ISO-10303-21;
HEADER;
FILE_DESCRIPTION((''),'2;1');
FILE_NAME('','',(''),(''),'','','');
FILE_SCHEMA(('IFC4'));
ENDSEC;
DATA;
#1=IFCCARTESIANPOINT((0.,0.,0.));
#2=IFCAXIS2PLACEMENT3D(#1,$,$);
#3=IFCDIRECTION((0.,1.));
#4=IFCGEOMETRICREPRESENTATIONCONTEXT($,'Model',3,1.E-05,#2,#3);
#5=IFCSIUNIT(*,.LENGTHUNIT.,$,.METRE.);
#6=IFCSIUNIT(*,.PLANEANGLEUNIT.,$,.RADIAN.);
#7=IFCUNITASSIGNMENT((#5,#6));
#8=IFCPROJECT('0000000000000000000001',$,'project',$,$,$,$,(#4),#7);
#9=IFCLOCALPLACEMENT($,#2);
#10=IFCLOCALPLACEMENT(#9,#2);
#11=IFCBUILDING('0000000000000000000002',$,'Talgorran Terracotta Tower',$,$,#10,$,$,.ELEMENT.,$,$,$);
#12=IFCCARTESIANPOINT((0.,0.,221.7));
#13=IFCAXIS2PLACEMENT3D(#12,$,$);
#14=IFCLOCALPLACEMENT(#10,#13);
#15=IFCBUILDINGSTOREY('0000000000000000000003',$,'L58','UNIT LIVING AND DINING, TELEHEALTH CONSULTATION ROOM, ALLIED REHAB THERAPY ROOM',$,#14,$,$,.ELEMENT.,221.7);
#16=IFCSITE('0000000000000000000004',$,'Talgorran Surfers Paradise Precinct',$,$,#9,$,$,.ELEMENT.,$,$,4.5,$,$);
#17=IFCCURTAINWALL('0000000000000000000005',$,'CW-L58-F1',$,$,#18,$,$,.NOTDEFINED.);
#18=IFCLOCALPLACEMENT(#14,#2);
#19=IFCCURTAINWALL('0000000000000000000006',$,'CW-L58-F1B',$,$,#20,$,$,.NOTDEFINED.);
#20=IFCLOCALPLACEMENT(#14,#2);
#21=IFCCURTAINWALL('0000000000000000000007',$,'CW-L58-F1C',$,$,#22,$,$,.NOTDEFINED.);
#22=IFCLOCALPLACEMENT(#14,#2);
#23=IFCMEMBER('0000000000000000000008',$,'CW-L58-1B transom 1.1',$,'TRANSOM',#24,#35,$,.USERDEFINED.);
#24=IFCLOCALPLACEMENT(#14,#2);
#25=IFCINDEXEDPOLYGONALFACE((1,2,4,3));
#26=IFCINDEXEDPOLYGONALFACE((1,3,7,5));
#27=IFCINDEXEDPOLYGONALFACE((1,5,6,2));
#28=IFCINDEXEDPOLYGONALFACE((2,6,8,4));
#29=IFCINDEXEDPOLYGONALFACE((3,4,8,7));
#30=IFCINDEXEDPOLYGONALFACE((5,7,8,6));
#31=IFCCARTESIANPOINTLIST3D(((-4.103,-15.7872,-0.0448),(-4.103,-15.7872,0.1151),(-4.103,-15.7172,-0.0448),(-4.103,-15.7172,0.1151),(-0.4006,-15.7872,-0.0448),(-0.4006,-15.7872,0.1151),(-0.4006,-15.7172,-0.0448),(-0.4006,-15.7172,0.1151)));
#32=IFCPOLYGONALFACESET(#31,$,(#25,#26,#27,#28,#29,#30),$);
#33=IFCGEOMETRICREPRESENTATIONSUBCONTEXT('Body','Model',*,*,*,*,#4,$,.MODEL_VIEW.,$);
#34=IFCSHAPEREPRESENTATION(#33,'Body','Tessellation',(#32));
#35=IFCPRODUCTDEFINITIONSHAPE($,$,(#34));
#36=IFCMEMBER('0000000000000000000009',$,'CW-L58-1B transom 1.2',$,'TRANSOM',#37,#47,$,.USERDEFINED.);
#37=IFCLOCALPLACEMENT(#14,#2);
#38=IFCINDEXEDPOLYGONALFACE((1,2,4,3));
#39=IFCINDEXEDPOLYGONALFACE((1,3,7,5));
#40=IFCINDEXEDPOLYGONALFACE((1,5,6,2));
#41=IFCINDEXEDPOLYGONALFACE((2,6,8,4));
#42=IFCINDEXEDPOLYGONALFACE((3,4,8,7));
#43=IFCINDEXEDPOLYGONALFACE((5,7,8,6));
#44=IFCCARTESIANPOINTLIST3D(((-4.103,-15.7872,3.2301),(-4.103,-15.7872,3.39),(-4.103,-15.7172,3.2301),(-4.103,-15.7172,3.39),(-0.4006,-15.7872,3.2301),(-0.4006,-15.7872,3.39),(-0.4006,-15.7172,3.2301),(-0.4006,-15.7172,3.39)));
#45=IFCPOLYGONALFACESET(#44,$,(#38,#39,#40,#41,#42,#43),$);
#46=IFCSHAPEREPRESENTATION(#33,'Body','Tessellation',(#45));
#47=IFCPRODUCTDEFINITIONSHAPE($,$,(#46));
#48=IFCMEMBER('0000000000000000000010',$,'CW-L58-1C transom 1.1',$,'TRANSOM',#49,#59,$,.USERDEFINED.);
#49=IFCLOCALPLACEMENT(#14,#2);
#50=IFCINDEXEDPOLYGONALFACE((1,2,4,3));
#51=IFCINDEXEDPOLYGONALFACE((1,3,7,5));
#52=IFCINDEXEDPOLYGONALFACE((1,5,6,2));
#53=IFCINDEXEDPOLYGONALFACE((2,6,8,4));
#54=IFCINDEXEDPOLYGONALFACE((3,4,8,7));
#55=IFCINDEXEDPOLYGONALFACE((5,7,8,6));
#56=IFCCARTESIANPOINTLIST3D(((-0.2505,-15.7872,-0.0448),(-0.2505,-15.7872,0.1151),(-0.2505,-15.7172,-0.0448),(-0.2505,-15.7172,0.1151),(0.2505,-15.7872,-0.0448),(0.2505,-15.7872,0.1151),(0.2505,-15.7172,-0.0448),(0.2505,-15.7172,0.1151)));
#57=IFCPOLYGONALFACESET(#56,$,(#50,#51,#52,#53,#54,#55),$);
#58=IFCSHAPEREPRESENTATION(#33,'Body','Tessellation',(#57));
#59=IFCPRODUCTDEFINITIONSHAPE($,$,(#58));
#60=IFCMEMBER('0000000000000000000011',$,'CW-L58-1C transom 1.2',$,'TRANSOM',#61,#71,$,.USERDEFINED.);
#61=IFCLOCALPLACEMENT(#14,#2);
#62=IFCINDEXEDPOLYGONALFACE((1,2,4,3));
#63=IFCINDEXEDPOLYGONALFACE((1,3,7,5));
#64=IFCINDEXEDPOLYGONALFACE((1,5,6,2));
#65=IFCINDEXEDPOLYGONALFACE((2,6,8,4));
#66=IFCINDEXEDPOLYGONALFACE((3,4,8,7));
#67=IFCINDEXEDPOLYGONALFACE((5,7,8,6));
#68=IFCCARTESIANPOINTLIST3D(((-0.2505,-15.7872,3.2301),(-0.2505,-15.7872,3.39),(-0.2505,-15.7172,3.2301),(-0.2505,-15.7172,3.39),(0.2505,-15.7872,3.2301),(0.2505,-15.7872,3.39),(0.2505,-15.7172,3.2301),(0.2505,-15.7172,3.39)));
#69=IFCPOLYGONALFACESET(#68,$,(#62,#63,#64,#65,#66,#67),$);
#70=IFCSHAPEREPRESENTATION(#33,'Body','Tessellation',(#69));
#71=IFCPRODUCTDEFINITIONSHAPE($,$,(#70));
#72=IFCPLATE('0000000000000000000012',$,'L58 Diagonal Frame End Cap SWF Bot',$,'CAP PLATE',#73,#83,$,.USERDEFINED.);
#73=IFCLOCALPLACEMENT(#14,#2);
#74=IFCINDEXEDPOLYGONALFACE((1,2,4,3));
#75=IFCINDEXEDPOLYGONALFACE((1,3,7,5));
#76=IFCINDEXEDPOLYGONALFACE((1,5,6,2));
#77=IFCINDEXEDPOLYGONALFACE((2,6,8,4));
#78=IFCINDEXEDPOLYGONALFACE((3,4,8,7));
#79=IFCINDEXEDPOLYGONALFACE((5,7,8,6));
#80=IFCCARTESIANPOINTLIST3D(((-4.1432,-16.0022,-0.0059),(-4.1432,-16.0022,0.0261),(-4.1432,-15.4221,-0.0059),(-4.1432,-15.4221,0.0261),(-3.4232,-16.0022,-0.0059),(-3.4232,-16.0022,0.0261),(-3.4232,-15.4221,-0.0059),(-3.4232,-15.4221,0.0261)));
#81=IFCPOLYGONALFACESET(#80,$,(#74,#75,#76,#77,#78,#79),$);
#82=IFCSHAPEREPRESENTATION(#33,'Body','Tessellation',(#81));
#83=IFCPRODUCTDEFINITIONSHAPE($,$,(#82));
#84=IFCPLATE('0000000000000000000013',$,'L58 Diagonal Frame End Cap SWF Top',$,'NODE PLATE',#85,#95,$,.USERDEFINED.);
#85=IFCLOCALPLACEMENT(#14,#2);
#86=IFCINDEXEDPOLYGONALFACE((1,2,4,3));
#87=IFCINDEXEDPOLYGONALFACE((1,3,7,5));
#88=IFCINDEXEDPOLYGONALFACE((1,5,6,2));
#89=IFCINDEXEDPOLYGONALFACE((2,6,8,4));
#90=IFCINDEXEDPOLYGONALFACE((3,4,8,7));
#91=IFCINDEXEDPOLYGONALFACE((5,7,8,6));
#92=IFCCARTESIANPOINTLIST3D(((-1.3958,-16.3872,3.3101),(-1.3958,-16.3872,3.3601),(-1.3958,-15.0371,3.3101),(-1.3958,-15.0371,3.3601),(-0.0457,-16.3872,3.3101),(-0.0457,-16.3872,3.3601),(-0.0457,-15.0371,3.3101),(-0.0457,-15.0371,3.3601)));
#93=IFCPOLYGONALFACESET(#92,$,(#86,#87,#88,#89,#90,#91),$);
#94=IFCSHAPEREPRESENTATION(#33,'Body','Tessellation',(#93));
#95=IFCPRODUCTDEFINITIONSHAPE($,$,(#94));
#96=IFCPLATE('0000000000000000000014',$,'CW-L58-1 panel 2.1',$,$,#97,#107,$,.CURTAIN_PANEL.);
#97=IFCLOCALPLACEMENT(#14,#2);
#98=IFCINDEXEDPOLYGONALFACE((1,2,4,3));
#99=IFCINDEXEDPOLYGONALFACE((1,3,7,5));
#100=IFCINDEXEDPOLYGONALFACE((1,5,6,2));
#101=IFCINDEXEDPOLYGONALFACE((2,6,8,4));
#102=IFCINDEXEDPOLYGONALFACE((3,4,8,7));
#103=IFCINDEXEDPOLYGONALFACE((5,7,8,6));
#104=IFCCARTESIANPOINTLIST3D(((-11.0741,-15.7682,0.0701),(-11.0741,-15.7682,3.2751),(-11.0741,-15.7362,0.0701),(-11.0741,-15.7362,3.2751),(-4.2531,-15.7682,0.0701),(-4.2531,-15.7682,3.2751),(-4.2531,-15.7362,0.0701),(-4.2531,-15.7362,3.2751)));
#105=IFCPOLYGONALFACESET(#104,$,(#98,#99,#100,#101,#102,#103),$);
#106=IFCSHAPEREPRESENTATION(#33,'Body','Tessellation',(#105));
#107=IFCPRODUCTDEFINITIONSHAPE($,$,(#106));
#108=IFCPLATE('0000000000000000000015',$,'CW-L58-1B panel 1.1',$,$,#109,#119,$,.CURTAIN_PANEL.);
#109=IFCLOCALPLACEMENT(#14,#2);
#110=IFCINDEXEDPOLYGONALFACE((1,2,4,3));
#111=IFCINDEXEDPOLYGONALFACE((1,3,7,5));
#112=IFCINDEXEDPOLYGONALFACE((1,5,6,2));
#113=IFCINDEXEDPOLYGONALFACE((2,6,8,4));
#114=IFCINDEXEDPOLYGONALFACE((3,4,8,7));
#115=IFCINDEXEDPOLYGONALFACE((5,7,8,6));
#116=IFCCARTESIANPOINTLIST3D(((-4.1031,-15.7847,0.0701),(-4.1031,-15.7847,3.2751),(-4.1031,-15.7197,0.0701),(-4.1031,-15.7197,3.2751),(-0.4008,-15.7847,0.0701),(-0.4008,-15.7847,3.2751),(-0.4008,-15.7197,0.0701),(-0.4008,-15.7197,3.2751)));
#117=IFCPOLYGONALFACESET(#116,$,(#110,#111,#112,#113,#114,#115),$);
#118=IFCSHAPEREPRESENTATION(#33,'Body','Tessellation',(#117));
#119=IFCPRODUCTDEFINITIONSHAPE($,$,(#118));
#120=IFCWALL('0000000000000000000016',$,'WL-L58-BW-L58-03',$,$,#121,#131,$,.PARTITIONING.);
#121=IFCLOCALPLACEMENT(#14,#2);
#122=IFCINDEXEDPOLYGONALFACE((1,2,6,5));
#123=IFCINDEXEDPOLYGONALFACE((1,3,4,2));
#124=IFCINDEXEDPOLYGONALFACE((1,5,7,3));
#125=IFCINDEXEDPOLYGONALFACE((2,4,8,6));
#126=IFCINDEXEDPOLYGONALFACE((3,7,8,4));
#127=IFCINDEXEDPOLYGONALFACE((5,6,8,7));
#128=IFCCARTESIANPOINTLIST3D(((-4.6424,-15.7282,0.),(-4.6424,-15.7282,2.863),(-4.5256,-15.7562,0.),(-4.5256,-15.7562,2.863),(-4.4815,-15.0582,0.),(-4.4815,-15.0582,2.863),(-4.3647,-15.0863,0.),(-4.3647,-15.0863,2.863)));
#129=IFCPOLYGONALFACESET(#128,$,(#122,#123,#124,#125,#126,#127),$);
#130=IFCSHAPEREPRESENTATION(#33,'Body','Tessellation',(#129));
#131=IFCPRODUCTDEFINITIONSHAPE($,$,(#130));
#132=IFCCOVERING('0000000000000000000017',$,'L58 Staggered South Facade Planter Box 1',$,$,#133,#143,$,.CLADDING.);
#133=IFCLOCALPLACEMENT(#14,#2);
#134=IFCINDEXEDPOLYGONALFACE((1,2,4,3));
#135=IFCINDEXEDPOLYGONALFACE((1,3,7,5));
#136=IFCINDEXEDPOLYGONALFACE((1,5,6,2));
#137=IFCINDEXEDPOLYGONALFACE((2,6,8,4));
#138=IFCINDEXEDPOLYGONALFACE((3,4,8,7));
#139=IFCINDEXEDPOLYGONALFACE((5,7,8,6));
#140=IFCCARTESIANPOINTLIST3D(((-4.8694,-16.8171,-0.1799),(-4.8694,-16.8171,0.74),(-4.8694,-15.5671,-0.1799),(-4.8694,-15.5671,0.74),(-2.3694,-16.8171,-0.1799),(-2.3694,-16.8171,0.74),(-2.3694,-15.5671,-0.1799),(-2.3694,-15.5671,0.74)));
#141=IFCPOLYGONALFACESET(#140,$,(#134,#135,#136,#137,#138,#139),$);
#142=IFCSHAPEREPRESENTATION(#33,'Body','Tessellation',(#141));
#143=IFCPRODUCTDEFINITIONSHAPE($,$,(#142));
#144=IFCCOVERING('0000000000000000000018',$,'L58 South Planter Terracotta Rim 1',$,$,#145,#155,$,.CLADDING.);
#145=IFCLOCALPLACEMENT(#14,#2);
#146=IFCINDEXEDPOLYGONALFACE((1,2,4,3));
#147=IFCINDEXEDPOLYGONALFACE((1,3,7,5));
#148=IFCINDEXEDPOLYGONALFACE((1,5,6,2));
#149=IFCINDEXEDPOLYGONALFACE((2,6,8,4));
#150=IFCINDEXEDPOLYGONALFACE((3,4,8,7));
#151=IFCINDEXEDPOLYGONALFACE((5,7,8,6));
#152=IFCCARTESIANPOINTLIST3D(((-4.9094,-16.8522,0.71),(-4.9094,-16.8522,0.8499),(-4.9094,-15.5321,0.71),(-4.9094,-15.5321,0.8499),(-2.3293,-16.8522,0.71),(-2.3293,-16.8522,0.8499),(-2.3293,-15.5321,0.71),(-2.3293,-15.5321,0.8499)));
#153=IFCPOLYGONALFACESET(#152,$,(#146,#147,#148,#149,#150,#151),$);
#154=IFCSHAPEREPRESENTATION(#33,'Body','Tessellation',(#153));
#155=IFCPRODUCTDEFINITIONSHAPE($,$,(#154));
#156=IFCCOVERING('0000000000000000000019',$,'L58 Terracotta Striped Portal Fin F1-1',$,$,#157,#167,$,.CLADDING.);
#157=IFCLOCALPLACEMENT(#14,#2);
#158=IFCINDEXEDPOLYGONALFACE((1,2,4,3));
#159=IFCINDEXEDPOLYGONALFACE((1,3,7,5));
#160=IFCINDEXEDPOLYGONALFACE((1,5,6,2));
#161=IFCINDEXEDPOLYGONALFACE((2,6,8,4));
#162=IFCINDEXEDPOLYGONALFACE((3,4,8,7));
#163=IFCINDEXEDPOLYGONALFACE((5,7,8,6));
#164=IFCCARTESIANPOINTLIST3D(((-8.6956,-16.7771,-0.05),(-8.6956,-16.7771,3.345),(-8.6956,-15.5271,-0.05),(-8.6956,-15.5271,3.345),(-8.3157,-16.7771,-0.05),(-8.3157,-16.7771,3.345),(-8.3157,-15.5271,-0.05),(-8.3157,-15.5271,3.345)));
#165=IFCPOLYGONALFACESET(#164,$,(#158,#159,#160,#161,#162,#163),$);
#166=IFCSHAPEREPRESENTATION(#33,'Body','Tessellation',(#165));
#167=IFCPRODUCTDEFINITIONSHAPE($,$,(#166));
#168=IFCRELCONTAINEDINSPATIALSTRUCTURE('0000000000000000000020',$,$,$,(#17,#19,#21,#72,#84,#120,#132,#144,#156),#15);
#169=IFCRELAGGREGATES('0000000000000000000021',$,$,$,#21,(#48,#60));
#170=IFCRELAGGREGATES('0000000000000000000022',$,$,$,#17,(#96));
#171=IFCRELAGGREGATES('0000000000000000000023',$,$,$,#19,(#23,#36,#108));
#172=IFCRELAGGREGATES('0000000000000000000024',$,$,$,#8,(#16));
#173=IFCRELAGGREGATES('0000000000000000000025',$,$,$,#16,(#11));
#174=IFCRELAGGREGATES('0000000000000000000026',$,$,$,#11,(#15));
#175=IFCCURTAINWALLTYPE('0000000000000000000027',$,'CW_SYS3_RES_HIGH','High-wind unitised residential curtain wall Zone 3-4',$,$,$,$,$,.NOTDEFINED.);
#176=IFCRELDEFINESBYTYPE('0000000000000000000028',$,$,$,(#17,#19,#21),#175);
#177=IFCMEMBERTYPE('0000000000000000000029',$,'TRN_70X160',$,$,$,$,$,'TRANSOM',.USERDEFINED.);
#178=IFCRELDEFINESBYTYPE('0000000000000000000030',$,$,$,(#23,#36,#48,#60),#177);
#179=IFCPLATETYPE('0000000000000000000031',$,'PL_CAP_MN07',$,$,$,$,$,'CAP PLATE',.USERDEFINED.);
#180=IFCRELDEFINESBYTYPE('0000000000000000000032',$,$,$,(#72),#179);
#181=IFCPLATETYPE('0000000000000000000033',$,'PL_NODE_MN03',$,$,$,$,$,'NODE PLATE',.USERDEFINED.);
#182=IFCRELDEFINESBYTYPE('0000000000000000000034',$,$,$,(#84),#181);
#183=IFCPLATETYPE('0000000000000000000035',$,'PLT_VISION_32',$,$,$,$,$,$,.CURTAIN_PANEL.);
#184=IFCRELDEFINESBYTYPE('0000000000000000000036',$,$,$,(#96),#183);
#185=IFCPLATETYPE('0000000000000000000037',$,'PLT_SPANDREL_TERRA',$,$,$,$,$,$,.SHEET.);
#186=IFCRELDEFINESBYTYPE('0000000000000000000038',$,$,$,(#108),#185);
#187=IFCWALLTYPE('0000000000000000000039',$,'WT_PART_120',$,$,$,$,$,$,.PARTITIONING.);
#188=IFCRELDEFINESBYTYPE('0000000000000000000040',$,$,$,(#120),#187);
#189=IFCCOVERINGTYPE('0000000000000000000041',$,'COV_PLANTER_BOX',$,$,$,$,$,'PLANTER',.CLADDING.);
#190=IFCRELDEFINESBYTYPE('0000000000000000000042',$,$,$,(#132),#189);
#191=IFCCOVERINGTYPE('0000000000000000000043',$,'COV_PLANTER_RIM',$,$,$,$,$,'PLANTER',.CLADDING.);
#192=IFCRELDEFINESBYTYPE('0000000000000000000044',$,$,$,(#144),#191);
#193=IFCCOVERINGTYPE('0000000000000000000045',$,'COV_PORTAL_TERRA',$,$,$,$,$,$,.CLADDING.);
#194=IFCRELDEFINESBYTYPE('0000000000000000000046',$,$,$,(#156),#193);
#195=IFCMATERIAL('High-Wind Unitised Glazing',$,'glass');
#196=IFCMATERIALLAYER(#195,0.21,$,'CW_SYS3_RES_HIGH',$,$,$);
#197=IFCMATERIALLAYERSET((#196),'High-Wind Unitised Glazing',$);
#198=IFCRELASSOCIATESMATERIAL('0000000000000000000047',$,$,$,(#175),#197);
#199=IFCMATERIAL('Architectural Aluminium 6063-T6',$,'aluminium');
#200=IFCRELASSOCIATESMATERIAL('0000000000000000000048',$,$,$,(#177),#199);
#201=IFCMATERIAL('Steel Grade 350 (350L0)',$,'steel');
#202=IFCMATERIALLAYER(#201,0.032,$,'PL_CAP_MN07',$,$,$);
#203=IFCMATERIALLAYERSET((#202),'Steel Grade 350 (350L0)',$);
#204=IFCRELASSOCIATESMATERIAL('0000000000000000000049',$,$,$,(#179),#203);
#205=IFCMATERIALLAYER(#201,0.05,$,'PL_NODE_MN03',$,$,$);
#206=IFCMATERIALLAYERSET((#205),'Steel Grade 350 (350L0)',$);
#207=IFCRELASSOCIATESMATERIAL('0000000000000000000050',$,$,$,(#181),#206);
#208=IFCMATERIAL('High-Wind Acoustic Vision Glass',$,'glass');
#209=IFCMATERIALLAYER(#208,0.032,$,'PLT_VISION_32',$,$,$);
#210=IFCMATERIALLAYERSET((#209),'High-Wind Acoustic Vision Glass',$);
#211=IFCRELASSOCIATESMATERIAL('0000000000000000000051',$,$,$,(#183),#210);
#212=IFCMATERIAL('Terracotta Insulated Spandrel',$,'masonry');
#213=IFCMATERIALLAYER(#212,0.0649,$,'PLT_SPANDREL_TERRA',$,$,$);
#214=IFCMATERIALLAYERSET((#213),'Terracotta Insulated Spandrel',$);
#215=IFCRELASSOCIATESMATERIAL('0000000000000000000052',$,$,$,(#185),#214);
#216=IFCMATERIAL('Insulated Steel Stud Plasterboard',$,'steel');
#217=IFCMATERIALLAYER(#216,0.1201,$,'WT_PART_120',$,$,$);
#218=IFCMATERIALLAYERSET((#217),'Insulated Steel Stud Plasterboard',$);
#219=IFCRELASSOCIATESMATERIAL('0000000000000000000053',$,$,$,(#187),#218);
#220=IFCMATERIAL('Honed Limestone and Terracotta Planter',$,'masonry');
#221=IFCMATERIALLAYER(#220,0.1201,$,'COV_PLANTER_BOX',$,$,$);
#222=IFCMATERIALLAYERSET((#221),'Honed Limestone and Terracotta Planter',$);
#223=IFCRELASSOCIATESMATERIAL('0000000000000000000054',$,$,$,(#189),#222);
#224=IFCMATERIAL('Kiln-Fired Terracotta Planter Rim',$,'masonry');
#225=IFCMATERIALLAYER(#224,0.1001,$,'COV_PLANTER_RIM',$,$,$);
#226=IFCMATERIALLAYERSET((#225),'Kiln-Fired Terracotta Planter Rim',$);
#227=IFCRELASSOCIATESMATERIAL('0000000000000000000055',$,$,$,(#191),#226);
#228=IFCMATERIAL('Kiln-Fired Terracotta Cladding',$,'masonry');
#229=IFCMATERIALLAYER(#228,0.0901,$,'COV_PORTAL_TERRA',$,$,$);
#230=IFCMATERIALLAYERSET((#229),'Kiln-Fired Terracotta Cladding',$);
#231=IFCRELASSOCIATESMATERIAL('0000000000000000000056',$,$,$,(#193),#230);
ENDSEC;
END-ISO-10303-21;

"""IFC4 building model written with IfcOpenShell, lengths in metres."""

from ifc_helpers import new_model, si_unit, direction, frame, frame_2d, origin, origin_2d, place, context, subcontext, project, spatial, rectangle, extrude, source, transform, mapped, material, layer, layer_set, material_profile, profile_set, type_object, type_shapes, element, aggregate, save


model = new_model("IFC4")

# Units and contexts
model_context = context("Model", 3, precision=1e-05, world=origin(), true_north=direction((0.0, 1.0)))
body_context = subcontext(model_context, "Body", "Model", "MODEL_VIEW")
ifc_project = project(units=[si_unit("LENGTHUNIT", "METRE"), si_unit("PLANEANGLEUNIT", "RADIAN")], contexts=[model_context])

# Site, building, storey
site_placement = place(None, origin())
site = spatial("IfcSite", under=ifc_project, at=site_placement, Name="Talgorran Surfers Paradise Precinct", CompositionType="ELEMENT", RefElevation=4.5)
building_placement = place(site_placement, origin())
building = spatial("IfcBuilding", under=site, at=building_placement, Name="Talgorran Terracotta Tower", CompositionType="ELEMENT")
storey_placement = place(building_placement, frame((0.0, 0.0, 221.7)))
storey = spatial("IfcBuildingStorey", under=building, at=storey_placement, Name="L58", Description="UNIT LIVING AND DINING, TELEHEALTH CONSULTATION ROOM, ALLIED REHAB THERAPY ROOM", CompositionType="ELEMENT", Elevation=221.7)

# Shared definitions
ifc_material_1 = material(Name="Steel Grade 350 (350L0)", Category="steel")

# Curtain wall
ifc_material_2 = material(Name="High-Wind Unitised Glazing", Category="glass")
ifc_layer_1 = layer(ifc_material_2, 0.21, Name="CW_SYS3_RES_HIGH")
ifc_layer_set_1 = layer_set([ifc_layer_1], Name="High-Wind Unitised Glazing")
curtain_wall_type = type_object("IfcCurtainWallType", Name="CW_SYS3_RES_HIGH", Description="High-wind unitised residential curtain wall Zone 3-4", PredefinedType="NOTDEFINED", material=ifc_layer_set_1)
curtain_wall_1_placement = place(storey_placement, origin())
curtain_wall_1 = element("IfcCurtainWall", 1, at=curtain_wall_1_placement, inside=storey, type_object=curtain_wall_type, Name="CW-L58-F1", PredefinedType="NOTDEFINED")
ifc_material_3 = material(Name="Architectural Aluminium 6063-T6", Category="aluminium")

# Curtain wall
curtain_wall_2_placement = place(storey_placement, origin())
curtain_wall_2 = element("IfcCurtainWall", 2, at=curtain_wall_2_placement, inside=storey, type_object=curtain_wall_type, Name="CW-L58-F1B", PredefinedType="NOTDEFINED")

# Curtain wall
curtain_wall_3_placement = place(storey_placement, origin())
curtain_wall_3 = element("IfcCurtainWall", 3, at=curtain_wall_3_placement, inside=storey, type_object=curtain_wall_type, Name="CW-L58-F1C", PredefinedType="NOTDEFINED")

# Members
ifc_material_profile_1 = material_profile(ifc_material_3, rectangle(XDim=0.0701, YDim=0.1599, at=origin_2d()), Name="CWT70X160")
ifc_profile_set_1 = profile_set([ifc_material_profile_1], Name="Architectural Aluminium 6063-T6")
member_type_1 = type_object("IfcMemberType", Name="TRN_70X160", ElementType="TRANSOM", PredefinedType="USERDEFINED", material=ifc_profile_set_1)
member_1_placement = place(storey_placement, frame((-4.103, -15.7522, 0.0352), z_axis=(1.0, 0.0, 0.0), x_axis=(0.0, 1.0, 0.0)))
member_1 = element("IfcMember", 4, at=member_1_placement, type_object=member_type_1, Name="CW-L58-1B transom 1.1", ObjectType="TRANSOM", PredefinedType="USERDEFINED", context=body_context, shape_type="SweptSolid", body=[
    extrude(rectangle(XDim=0.0701, YDim=0.1599, at=origin_2d()), origin(), (0.0, 0.0, 1.0), 3.7024),
])
member_2_placement = place(storey_placement, frame((-4.103, -15.7522, 3.3101), z_axis=(1.0, 0.0, 0.0), x_axis=(0.0, 1.0, 0.0)))
member_2 = element("IfcMember", 5, at=member_2_placement, type_object=member_type_1, Name="CW-L58-1B transom 1.2", ObjectType="TRANSOM", PredefinedType="USERDEFINED", context=body_context, shape_type="SweptSolid", body=[
    extrude(rectangle(XDim=0.0701, YDim=0.1599, at=origin_2d()), origin(), (0.0, 0.0, 1.0), 3.7024),
])
member_3_placement = place(storey_placement, frame((-0.2505, -15.7522, 0.0352), z_axis=(1.0, 0.0, 0.0), x_axis=(0.0, 1.0, 0.0)))
member_3 = element("IfcMember", 6, at=member_3_placement, type_object=member_type_1, Name="CW-L58-1C transom 1.1", ObjectType="TRANSOM", PredefinedType="USERDEFINED", context=body_context, shape_type="SweptSolid", body=[
    extrude(rectangle(XDim=0.0701, YDim=0.1599, at=origin_2d()), origin(), (0.0, 0.0, 1.0), 0.501),
])
member_4_placement = place(storey_placement, frame((-0.2505, -15.7522, 3.3101), z_axis=(1.0, 0.0, 0.0), x_axis=(0.0, 1.0, 0.0)))
member_4 = element("IfcMember", 7, at=member_4_placement, type_object=member_type_1, Name="CW-L58-1C transom 1.2", ObjectType="TRANSOM", PredefinedType="USERDEFINED", context=body_context, shape_type="SweptSolid", body=[
    extrude(rectangle(XDim=0.0701, YDim=0.1599, at=origin_2d()), origin(), (0.0, 0.0, 1.0), 0.501),
])
aggregate(curtain_wall_3, [member_3, member_4])

# Plates
ifc_layer_2 = layer(ifc_material_1, 0.032, Name="PL_CAP_MN07")
ifc_layer_set_2 = layer_set([ifc_layer_2], Name="Steel Grade 350 (350L0)")
plate_type_1 = type_object("IfcPlateType", Name="PL_CAP_MN07", ElementType="CAP PLATE", PredefinedType="USERDEFINED", material=ifc_layer_set_2)
plate_1_placement = place(storey_placement, frame((-3.7832, -15.7122, -0.0059), z_axis=(0.0, 0.0, 1.0), x_axis=(1.0, 0.0, 0.0)))
element("IfcPlate", 8, at=plate_1_placement, inside=storey, type_object=plate_type_1, Name="L58 Diagonal Frame End Cap SWF Bot", ObjectType="CAP PLATE", PredefinedType="USERDEFINED", context=body_context, shape_type="SweptSolid", body=[
    extrude(rectangle(XDim=0.72, YDim=0.5801, at=origin_2d()), origin(), (0.0, 0.0, 1.0), 0.032),
])
ifc_layer_3 = layer(ifc_material_1, 0.05, Name="PL_NODE_MN03")
ifc_layer_set_3 = layer_set([ifc_layer_3], Name="Steel Grade 350 (350L0)")
plate_type_2 = type_object("IfcPlateType", Name="PL_NODE_MN03", ElementType="NODE PLATE", PredefinedType="USERDEFINED", material=ifc_layer_set_3)
plate_2_placement = place(storey_placement, frame((-0.7207, -15.7122, 3.3101), z_axis=(0.0, 0.0, 1.0), x_axis=(1.0, 0.0, 0.0)))
element("IfcPlate", 9, at=plate_2_placement, inside=storey, type_object=plate_type_2, Name="L58 Diagonal Frame End Cap SWF Top", ObjectType="NODE PLATE", PredefinedType="USERDEFINED", context=body_context, shape_type="SweptSolid", body=[
    extrude(rectangle(XDim=1.3501, YDim=1.3501, at=origin_2d()), origin(), (0.0, 0.0, 1.0), 0.05),
])

# Plates
ifc_material_4 = material(Name="High-Wind Acoustic Vision Glass", Category="glass")
ifc_layer_4 = layer(ifc_material_4, 0.032, Name="PLT_VISION_32")
ifc_layer_set_4 = layer_set([ifc_layer_4], Name="High-Wind Acoustic Vision Glass")
plate_type_3 = type_object("IfcPlateType", Name="PLT_VISION_32", PredefinedType="CURTAIN_PANEL", material=ifc_layer_set_4)
shared_shape_1 = source(origin(), body_context, "Body", "SweptSolid", [
    extrude(rectangle(XDim=6.821, YDim=0.032, at=origin_2d()), origin(), (0.0, 0.0, 1.0), 3.2051),
])
type_shapes(plate_type_3, [shared_shape_1])
plate_3_placement = place(storey_placement, frame((-7.6636, -15.7522, 0.0701), z_axis=(0.0, 0.0, 1.0), x_axis=(1.0, 0.0, 0.0)))
plate_3 = element("IfcPlate", 10, at=plate_3_placement, type_object=plate_type_3, Name="CW-L58-1 panel 2.1", PredefinedType="CURTAIN_PANEL", context=body_context, shape_type="MappedRepresentation", body=[
    mapped(shared_shape_1, transform((0.0, 0.0, 0.0), scale=1.0)),
])
aggregate(curtain_wall_1, [plate_3])
ifc_material_5 = material(Name="Terracotta Insulated Spandrel", Category="masonry")
ifc_layer_5 = layer(ifc_material_5, 0.0649, Name="PLT_SPANDREL_TERRA")
ifc_layer_set_5 = layer_set([ifc_layer_5], Name="Terracotta Insulated Spandrel")
plate_type_4 = type_object("IfcPlateType", Name="PLT_SPANDREL_TERRA", PredefinedType="SHEET", material=ifc_layer_set_5)
shared_shape_2 = source(origin(), body_context, "Body", "SweptSolid", [
    extrude(rectangle(XDim=3.7024, YDim=0.0649, at=origin_2d()), origin(), (0.0, 0.0, 1.0), 3.2051),
])
type_shapes(plate_type_4, [shared_shape_2])
plate_4_placement = place(storey_placement, frame((-2.252, -15.7522, 0.0701), z_axis=(0.0, 0.0, 1.0), x_axis=(1.0, 0.0, 0.0)))
plate_4 = element("IfcPlate", 11, at=plate_4_placement, type_object=plate_type_4, Name="CW-L58-1B panel 1.1", PredefinedType="CURTAIN_PANEL", context=body_context, shape_type="MappedRepresentation", body=[
    mapped(shared_shape_2, transform((0.0, 0.0, 0.0), scale=1.0)),
])
aggregate(curtain_wall_2, [member_1, member_2, plate_4])

# Wall
ifc_material_6 = material(Name="Insulated Steel Stud Plasterboard", Category="steel")
ifc_layer_6 = layer(ifc_material_6, 0.1201, Name="WT_PART_120")
ifc_layer_set_6 = layer_set([ifc_layer_6], Name="Insulated Steel Stud Plasterboard")
wall_type = type_object("IfcWallType", Name="WT_PART_120", PredefinedType="PARTITIONING", material=ifc_layer_set_6)
wall_placement = place(storey_placement, frame((-4.584, -15.7422, 0.0), z_axis=(0.0, 0.0, 1.0), x_axis=(0.23352, 0.972352, 0.0)))
element("IfcWall", 12, at=wall_placement, inside=storey, type_object=wall_type, Name="WL-L58-BW-L58-03", PredefinedType="PARTITIONING", context=body_context, shape_type="SweptSolid", body=[
    extrude(rectangle(XDim=0.689, YDim=0.1201, at=frame_2d((0.3445, 0.0))), origin(), (0.0, 0.0, 1.0), 2.863),
])

# Coverings
ifc_material_7 = material(Name="Honed Limestone and Terracotta Planter", Category="masonry")
ifc_layer_7 = layer(ifc_material_7, 0.1201, Name="COV_PLANTER_BOX")
ifc_layer_set_7 = layer_set([ifc_layer_7], Name="Honed Limestone and Terracotta Planter")
covering_type_1 = type_object("IfcCoveringType", Name="COV_PLANTER_BOX", ElementType="PLANTER", PredefinedType="CLADDING", material=ifc_layer_set_7)
covering_1_placement = place(storey_placement, frame((-3.6194, -16.1921, -0.1799), z_axis=(0.0, 0.0, 1.0), x_axis=(1.0, 0.0, 0.0)))
element("IfcCovering", 13, at=covering_1_placement, inside=storey, type_object=covering_type_1, Name="L58 Staggered South Facade Planter Box 1", PredefinedType="CLADDING", context=body_context, shape_type="SweptSolid", body=[
    extrude(rectangle(XDim=2.5, YDim=1.25, at=origin_2d()), origin(), (0.0, 0.0, 1.0), 0.9199),
])
ifc_material_8 = material(Name="Kiln-Fired Terracotta Planter Rim", Category="masonry")
ifc_layer_8 = layer(ifc_material_8, 0.1001, Name="COV_PLANTER_RIM")
ifc_layer_set_8 = layer_set([ifc_layer_8], Name="Kiln-Fired Terracotta Planter Rim")
covering_type_2 = type_object("IfcCoveringType", Name="COV_PLANTER_RIM", ElementType="PLANTER", PredefinedType="CLADDING", material=ifc_layer_set_8)
covering_2_placement = place(storey_placement, frame((-3.6194, -16.1921, 0.71), z_axis=(0.0, 0.0, 1.0), x_axis=(1.0, 0.0, 0.0)))
element("IfcCovering", 14, at=covering_2_placement, inside=storey, type_object=covering_type_2, Name="L58 South Planter Terracotta Rim 1", PredefinedType="CLADDING", context=body_context, shape_type="SweptSolid", body=[
    extrude(rectangle(XDim=2.5801, YDim=1.3201, at=origin_2d()), origin(), (0.0, 0.0, 1.0), 0.1399),
])
ifc_material_9 = material(Name="Kiln-Fired Terracotta Cladding", Category="masonry")
ifc_layer_9 = layer(ifc_material_9, 0.0901, Name="COV_PORTAL_TERRA")
ifc_layer_set_9 = layer_set([ifc_layer_9], Name="Kiln-Fired Terracotta Cladding")
covering_type_3 = type_object("IfcCoveringType", Name="COV_PORTAL_TERRA", PredefinedType="CLADDING", material=ifc_layer_set_9)
covering_3_placement = place(storey_placement, frame((-8.5056, -16.1521, -0.05), z_axis=(0.0, 0.0, 1.0), x_axis=(1.0, 0.0, 0.0)))
element("IfcCovering", 15, at=covering_3_placement, inside=storey, type_object=covering_type_3, Name="L58 Terracotta Striped Portal Fin F1-1", PredefinedType="CLADDING", context=body_context, shape_type="SweptSolid", body=[
    extrude(rectangle(XDim=0.3799, YDim=1.25, at=origin_2d()), origin(), (0.0, 0.0, 1.0), 3.395),
])

save(model, "model.ifc")
